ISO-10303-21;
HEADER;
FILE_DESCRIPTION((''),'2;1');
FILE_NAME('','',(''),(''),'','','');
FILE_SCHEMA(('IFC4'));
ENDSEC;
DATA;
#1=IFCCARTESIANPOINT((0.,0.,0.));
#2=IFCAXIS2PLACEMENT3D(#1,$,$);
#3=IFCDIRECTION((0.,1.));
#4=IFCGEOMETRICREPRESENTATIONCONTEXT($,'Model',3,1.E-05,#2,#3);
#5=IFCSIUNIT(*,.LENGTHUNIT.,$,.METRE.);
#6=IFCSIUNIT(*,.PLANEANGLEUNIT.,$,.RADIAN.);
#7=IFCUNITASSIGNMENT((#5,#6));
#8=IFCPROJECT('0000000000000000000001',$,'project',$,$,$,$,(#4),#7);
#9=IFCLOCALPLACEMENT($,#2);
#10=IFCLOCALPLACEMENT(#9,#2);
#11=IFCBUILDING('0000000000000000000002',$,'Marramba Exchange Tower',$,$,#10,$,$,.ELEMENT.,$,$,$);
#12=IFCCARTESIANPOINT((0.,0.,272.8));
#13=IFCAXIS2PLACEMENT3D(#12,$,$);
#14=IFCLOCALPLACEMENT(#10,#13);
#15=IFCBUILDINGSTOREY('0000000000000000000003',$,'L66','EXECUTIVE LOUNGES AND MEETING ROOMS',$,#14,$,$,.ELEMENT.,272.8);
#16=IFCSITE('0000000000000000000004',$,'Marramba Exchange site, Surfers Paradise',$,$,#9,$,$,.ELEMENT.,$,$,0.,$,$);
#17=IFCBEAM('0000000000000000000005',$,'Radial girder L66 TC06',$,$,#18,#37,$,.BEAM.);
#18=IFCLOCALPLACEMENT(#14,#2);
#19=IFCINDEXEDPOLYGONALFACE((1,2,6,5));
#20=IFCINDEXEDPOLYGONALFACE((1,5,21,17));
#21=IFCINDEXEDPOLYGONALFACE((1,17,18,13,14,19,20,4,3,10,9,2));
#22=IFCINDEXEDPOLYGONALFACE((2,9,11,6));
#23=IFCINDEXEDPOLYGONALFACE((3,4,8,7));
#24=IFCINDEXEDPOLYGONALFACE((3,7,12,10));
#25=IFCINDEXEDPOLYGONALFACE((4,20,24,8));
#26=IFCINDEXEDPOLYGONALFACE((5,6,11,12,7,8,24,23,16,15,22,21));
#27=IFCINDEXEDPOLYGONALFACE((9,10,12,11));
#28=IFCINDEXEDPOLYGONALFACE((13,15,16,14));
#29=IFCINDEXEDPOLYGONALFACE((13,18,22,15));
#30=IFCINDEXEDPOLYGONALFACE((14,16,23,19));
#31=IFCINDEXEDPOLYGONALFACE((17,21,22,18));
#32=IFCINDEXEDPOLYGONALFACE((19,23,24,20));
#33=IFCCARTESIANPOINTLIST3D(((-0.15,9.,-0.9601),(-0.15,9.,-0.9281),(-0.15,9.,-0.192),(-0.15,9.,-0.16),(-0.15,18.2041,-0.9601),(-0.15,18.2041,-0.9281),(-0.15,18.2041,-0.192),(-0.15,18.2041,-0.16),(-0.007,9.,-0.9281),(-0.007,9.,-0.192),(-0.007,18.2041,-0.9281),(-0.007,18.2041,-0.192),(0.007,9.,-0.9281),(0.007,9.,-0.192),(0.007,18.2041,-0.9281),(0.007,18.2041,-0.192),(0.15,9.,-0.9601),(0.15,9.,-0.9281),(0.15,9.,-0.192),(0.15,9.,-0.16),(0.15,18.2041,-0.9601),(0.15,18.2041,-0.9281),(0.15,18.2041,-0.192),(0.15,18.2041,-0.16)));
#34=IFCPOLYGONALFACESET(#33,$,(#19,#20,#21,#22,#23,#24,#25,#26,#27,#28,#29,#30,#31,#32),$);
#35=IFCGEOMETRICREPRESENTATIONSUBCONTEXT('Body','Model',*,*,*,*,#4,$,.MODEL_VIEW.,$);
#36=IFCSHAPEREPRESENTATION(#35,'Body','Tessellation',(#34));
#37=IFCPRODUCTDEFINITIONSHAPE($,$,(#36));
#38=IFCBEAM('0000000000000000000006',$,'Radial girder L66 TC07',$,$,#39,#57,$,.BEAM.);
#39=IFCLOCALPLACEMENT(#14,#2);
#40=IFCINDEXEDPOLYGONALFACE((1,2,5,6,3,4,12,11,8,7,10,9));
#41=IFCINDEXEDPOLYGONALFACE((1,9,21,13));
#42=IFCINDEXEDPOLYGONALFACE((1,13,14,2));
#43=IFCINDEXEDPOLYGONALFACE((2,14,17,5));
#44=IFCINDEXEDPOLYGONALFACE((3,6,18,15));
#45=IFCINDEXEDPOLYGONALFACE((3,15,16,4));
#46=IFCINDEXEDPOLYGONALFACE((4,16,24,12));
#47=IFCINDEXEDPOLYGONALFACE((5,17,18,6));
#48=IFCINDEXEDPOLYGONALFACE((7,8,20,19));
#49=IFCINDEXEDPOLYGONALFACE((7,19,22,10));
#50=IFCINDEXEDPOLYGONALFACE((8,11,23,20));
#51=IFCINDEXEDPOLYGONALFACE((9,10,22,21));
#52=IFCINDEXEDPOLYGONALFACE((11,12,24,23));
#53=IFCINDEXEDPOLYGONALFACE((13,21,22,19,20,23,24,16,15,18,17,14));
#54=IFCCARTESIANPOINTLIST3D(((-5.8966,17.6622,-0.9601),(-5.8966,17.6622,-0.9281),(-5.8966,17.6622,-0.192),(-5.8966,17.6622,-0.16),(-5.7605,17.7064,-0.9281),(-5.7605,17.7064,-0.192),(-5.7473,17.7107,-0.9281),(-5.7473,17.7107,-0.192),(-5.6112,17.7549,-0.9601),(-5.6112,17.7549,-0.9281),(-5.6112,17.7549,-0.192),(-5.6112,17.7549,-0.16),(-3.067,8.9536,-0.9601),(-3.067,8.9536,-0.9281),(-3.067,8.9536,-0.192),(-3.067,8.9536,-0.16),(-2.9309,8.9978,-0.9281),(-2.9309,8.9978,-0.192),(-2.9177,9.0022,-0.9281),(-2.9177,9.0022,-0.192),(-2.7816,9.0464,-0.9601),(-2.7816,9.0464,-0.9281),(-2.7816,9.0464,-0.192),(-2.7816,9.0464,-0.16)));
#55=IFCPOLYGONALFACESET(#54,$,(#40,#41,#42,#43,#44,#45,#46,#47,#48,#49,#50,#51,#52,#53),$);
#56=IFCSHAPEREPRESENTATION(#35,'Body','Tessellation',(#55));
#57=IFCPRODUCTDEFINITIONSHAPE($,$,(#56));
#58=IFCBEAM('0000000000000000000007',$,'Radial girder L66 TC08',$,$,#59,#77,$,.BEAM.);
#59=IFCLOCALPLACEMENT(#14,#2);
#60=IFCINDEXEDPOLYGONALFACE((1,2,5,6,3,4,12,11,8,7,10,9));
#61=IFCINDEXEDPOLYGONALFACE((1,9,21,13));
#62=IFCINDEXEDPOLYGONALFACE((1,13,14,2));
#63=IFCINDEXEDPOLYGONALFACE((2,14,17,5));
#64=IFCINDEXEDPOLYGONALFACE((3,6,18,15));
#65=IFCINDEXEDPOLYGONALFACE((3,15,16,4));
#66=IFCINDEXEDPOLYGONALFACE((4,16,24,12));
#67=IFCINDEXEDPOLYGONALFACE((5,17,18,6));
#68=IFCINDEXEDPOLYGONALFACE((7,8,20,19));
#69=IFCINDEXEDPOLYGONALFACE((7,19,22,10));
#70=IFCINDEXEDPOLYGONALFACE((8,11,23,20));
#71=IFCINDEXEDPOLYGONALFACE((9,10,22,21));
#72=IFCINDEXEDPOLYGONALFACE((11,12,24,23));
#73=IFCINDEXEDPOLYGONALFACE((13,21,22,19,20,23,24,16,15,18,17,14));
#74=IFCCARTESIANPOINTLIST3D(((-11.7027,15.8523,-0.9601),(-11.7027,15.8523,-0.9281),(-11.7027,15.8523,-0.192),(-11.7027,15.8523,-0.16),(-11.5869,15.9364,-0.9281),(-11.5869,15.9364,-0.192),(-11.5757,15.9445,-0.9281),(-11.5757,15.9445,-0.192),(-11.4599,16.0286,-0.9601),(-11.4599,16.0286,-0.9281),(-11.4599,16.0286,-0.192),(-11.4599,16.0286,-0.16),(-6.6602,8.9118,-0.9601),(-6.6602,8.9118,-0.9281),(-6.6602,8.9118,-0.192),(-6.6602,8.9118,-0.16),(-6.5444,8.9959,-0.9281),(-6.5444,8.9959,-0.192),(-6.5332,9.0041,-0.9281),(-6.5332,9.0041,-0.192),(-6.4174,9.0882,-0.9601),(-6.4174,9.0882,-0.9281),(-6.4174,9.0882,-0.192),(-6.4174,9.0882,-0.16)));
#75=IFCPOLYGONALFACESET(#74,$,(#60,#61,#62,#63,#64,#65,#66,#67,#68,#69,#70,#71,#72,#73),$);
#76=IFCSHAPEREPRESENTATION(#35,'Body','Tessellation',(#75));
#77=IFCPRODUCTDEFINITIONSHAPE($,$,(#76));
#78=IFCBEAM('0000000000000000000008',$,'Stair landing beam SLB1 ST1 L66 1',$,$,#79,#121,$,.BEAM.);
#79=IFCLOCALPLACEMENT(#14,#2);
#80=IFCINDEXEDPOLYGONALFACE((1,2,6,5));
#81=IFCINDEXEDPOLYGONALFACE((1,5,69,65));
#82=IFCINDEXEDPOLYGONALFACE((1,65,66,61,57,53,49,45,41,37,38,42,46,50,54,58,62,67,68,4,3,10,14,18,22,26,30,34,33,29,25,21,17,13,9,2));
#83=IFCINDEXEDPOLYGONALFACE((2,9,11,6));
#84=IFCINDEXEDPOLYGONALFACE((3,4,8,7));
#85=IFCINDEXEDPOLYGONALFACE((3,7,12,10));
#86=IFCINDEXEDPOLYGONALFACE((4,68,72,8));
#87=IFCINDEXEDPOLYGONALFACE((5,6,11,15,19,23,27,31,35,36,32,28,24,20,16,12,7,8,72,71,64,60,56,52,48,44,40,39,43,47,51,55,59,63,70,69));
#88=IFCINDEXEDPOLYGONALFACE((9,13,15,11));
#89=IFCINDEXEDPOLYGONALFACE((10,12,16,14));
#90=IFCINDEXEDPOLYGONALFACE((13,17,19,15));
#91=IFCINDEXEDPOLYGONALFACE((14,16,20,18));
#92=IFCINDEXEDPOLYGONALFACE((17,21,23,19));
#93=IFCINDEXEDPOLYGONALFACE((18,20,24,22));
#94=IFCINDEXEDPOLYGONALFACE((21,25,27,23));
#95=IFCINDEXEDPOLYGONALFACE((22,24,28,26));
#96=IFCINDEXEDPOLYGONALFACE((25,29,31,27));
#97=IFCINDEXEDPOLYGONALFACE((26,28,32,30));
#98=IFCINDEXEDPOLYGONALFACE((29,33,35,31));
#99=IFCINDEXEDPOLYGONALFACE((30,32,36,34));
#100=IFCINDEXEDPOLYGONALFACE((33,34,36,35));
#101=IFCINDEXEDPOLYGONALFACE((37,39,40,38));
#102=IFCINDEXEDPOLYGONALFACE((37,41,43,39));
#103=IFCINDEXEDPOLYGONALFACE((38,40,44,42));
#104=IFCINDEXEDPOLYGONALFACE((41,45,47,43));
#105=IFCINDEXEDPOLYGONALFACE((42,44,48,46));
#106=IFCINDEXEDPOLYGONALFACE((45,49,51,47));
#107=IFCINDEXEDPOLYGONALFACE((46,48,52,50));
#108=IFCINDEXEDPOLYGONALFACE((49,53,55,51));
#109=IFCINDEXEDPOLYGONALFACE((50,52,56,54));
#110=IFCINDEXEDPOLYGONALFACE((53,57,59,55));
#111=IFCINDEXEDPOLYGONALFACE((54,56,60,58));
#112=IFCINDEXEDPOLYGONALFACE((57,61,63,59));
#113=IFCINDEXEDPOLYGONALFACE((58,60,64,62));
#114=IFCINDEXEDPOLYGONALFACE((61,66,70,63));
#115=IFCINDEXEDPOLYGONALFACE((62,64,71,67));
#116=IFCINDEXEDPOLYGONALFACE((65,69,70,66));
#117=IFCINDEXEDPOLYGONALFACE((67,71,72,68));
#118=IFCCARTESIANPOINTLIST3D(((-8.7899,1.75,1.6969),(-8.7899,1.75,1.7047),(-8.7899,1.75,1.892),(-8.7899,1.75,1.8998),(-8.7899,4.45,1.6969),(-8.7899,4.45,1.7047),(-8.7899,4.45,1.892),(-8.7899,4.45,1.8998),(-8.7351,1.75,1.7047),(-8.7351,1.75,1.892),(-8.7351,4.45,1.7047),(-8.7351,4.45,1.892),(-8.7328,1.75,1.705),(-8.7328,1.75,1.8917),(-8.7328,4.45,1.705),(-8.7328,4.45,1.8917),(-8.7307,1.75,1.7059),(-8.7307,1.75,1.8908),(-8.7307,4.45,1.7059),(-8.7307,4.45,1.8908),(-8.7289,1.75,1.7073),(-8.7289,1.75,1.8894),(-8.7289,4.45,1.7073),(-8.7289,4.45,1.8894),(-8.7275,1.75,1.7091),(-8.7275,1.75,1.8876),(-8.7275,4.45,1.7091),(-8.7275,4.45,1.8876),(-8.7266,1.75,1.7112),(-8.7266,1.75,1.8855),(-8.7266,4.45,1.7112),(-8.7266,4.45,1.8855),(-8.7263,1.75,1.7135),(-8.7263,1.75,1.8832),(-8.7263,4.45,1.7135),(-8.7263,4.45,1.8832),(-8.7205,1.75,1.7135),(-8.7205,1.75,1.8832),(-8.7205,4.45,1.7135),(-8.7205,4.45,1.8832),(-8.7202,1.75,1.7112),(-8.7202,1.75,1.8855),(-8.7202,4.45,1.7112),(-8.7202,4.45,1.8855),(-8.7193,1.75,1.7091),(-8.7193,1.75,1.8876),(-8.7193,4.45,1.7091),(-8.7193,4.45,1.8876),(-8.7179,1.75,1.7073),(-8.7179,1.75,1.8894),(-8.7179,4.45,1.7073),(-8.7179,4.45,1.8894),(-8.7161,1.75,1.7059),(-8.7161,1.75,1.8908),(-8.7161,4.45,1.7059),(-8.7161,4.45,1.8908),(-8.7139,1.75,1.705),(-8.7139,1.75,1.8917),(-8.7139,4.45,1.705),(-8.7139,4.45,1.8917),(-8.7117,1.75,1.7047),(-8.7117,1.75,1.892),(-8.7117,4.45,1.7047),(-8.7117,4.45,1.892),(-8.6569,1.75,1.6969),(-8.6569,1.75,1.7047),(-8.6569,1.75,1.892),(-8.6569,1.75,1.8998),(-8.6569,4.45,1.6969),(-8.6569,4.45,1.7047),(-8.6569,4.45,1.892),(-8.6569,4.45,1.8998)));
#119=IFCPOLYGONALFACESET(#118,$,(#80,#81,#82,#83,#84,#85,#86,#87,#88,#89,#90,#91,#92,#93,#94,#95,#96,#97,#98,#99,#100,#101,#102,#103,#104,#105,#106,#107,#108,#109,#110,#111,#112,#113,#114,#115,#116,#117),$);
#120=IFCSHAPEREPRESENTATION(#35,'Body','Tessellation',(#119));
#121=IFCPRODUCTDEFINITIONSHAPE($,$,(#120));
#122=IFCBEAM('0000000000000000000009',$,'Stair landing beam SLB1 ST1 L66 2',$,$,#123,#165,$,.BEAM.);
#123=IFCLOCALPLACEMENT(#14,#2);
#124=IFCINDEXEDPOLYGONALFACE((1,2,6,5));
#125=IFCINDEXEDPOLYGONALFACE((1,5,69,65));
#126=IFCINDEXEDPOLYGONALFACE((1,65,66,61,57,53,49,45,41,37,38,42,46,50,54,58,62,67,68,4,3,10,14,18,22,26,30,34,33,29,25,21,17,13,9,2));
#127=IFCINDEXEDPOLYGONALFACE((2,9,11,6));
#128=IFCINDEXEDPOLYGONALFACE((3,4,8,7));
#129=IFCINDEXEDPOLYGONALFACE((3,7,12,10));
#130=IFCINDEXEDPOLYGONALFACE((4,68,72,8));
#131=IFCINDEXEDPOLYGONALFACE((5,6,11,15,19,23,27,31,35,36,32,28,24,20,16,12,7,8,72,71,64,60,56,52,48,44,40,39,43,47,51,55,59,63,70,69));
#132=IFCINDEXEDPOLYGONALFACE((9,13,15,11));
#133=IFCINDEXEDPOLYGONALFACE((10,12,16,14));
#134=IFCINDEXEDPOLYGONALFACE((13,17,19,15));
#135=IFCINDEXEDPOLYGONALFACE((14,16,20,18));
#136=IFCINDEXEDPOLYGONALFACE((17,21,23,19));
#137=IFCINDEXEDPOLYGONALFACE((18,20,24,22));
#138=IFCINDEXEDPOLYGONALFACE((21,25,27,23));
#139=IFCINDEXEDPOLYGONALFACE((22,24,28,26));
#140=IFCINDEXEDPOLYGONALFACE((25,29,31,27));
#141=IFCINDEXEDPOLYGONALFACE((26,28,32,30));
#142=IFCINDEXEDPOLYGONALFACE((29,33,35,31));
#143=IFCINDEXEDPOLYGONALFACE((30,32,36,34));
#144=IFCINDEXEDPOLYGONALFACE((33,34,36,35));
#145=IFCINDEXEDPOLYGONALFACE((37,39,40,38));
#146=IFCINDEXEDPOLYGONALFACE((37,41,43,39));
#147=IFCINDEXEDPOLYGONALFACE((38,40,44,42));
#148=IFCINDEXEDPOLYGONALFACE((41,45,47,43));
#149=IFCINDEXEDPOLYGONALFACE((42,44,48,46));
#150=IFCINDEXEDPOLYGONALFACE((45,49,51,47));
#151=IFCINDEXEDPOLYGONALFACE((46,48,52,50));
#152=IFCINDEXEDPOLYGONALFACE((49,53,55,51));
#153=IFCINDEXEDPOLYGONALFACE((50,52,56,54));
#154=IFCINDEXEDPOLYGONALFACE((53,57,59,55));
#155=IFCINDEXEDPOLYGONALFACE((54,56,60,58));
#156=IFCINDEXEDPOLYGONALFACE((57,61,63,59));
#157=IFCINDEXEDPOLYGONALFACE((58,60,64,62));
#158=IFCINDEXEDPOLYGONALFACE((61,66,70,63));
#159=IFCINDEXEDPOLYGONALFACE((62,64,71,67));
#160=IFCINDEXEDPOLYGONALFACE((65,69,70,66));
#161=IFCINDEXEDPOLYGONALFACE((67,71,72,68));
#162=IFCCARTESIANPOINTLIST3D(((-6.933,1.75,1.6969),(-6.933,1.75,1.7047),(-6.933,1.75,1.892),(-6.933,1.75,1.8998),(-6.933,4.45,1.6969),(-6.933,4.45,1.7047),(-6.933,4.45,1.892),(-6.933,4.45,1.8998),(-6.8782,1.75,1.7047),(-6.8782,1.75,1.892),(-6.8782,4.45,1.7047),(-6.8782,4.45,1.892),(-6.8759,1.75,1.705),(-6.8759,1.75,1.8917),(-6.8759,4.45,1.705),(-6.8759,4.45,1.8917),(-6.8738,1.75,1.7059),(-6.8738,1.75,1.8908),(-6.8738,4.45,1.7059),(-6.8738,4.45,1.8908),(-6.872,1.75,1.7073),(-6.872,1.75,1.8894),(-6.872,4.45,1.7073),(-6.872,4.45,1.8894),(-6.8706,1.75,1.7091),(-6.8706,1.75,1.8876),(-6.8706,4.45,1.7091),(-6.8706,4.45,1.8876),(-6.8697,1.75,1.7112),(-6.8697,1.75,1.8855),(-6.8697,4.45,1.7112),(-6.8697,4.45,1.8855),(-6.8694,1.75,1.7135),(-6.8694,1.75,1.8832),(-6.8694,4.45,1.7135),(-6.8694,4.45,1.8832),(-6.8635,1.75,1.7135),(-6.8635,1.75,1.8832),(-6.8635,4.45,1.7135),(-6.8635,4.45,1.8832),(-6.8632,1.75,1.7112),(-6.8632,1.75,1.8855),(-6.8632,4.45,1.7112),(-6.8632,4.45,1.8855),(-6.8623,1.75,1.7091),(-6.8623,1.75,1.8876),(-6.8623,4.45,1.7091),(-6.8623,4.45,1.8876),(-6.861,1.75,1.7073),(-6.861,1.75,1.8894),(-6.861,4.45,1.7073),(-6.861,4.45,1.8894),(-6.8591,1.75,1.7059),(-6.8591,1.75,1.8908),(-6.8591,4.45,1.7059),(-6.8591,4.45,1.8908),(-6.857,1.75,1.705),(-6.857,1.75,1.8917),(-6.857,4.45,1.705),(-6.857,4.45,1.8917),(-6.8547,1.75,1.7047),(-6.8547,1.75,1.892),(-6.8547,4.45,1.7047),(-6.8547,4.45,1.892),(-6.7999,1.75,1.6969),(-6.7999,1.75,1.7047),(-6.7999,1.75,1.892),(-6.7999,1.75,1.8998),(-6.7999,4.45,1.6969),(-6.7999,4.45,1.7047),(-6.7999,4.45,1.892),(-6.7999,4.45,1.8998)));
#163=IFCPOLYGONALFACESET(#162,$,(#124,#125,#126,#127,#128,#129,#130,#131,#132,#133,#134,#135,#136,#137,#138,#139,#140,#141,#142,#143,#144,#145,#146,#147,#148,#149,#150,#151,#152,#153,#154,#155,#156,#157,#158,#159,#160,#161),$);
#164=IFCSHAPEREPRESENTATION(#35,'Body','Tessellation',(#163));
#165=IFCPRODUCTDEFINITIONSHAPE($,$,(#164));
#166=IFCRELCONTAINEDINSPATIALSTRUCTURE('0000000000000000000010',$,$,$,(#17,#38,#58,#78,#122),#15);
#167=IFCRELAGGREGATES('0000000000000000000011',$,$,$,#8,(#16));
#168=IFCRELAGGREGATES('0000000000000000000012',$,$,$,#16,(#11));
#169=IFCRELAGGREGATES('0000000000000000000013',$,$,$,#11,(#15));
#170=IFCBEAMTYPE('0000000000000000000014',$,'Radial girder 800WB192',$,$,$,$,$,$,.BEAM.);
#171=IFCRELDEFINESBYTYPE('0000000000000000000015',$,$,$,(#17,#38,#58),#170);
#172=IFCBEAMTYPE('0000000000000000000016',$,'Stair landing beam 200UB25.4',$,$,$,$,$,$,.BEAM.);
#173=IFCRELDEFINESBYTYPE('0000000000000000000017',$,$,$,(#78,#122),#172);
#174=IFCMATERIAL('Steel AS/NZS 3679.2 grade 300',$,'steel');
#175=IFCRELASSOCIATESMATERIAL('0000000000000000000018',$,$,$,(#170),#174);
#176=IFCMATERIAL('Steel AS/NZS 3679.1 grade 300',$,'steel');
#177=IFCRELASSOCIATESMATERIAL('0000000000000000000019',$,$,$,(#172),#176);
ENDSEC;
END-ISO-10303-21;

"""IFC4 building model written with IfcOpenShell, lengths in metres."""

from ifc_helpers import new_model, si_unit, direction, frame, origin, origin_2d, place, context, subcontext, project, spatial, i_section, extrude, material, material_profile, profile_set, type_object, element, save


model = new_model("IFC4")

# Units and contexts
model_context = context("Model", 3, precision=1e-05, world=origin(), true_north=direction((0.0, 1.0)))
body_context = subcontext(model_context, "Body", "Model", "MODEL_VIEW")
ifc_project = project(units=[si_unit("LENGTHUNIT", "METRE"), si_unit("PLANEANGLEUNIT", "RADIAN")], contexts=[model_context])

# Site, building, storey
site_placement = place(None, origin())
site = spatial("IfcSite", under=ifc_project, at=site_placement, Name="Marramba Exchange site, Surfers Paradise", CompositionType="ELEMENT", RefElevation=0.0)
building_placement = place(site_placement, origin())
building = spatial("IfcBuilding", under=site, at=building_placement, Name="Marramba Exchange Tower", CompositionType="ELEMENT")
storey_placement = place(building_placement, frame((0.0, 0.0, 272.8)))
storey = spatial("IfcBuildingStorey", under=building, at=storey_placement, Name="L66", Description="EXECUTIVE LOUNGES AND MEETING ROOMS", CompositionType="ELEMENT", Elevation=272.8)

# Beams
ifc_material_1 = material(Name="Steel AS/NZS 3679.1 grade 300", Category="steel")
ifc_material_2 = material(Name="Steel AS/NZS 3679.2 grade 300", Category="steel")
ifc_material_profile_1 = material_profile(ifc_material_2, i_section(OverallWidth=0.3, OverallDepth=0.8, WebThickness=0.0139, FlangeThickness=0.032, at=origin_2d()), Name="800WB192")
ifc_profile_set_1 = profile_set([ifc_material_profile_1], Name="Steel AS/NZS 3679.2 grade 300")
beam_type_1 = type_object("IfcBeamType", Name="Radial girder 800WB192", PredefinedType="BEAM", material=ifc_profile_set_1)
beam_1_placement = place(storey_placement, frame((0.0, 9.0, -0.5601), z_axis=(0.0, 1.0, 0.0), x_axis=(-1.0, 0.0, 0.0)))
element("IfcBeam", 1, at=beam_1_placement, inside=storey, type_object=beam_type_1, Name="Radial girder L66 TC06", PredefinedType="BEAM", context=body_context, shape_type="SweptSolid", body=[
    extrude(i_section(OverallWidth=0.3, OverallDepth=0.8, WebThickness=0.0139, FlangeThickness=0.032, at=origin_2d()), origin(), (0.0, 0.0, 1.0), 9.2041),
])
beam_2_placement = place(storey_placement, frame((-2.9243, 9.0, -0.5601), z_axis=(-0.30902, 0.951056, 0.0), x_axis=(-0.951056, -0.30902, 0.0)))
element("IfcBeam", 2, at=beam_2_placement, inside=storey, type_object=beam_type_1, Name="Radial girder L66 TC07", PredefinedType="BEAM", context=body_context, shape_type="SweptSolid", body=[
    extrude(i_section(OverallWidth=0.3, OverallDepth=0.8, WebThickness=0.0139, FlangeThickness=0.032, at=origin_2d()), origin(), (0.0, 0.0, 1.0), 9.1567),
])
beam_3_placement = place(storey_placement, frame((-6.5388, 9.0, -0.5601), z_axis=(-0.587782, 0.809019, 0.0), x_axis=(-0.809019, -0.587782, 0.0)))
element("IfcBeam", 3, at=beam_3_placement, inside=storey, type_object=beam_type_1, Name="Radial girder L66 TC08", PredefinedType="BEAM", context=body_context, shape_type="SweptSolid", body=[
    extrude(i_section(OverallWidth=0.3, OverallDepth=0.8, WebThickness=0.0139, FlangeThickness=0.032, at=origin_2d()), origin(), (0.0, 0.0, 1.0), 8.5789),
])
ifc_material_profile_2 = material_profile(ifc_material_1, i_section(OverallWidth=0.1331, OverallDepth=0.2029, WebThickness=0.0059, FlangeThickness=0.0078, FilletRadius=0.0088, at=origin_2d()), Name="200UB25.4")
ifc_profile_set_2 = profile_set([ifc_material_profile_2], Name="Steel AS/NZS 3679.1 grade 300")
beam_type_2 = type_object("IfcBeamType", Name="Stair landing beam 200UB25.4", PredefinedType="BEAM", material=ifc_profile_set_2)
for number, where, z_axis, x_axis, name in (
    (4, (-8.7234, 1.75, 1.7983), (0.0, 1.0, 0.0), (-1.0, 0.0, 0.0), "Stair landing beam SLB1 ST1 L66 1"),
    (5, (-6.8665, 1.75, 1.7983), (0.0, 1.0, 0.0), (-1.0, 0.0, 0.0), "Stair landing beam SLB1 ST1 L66 2"),
):
    element("IfcBeam", number, at=place(storey_placement, frame(where, z_axis=z_axis, x_axis=x_axis)), inside=storey, type_object=beam_type_2, Name=name, PredefinedType="BEAM", context=body_context, shape_type="SweptSolid", body=[
        extrude(i_section(OverallWidth=0.1331, OverallDepth=0.2029, WebThickness=0.0059, FlangeThickness=0.0078, FilletRadius=0.0088, at=origin_2d()), origin(), (0.0, 0.0, 1.0), 2.7),
    ])

save(model, "model.ifc")
